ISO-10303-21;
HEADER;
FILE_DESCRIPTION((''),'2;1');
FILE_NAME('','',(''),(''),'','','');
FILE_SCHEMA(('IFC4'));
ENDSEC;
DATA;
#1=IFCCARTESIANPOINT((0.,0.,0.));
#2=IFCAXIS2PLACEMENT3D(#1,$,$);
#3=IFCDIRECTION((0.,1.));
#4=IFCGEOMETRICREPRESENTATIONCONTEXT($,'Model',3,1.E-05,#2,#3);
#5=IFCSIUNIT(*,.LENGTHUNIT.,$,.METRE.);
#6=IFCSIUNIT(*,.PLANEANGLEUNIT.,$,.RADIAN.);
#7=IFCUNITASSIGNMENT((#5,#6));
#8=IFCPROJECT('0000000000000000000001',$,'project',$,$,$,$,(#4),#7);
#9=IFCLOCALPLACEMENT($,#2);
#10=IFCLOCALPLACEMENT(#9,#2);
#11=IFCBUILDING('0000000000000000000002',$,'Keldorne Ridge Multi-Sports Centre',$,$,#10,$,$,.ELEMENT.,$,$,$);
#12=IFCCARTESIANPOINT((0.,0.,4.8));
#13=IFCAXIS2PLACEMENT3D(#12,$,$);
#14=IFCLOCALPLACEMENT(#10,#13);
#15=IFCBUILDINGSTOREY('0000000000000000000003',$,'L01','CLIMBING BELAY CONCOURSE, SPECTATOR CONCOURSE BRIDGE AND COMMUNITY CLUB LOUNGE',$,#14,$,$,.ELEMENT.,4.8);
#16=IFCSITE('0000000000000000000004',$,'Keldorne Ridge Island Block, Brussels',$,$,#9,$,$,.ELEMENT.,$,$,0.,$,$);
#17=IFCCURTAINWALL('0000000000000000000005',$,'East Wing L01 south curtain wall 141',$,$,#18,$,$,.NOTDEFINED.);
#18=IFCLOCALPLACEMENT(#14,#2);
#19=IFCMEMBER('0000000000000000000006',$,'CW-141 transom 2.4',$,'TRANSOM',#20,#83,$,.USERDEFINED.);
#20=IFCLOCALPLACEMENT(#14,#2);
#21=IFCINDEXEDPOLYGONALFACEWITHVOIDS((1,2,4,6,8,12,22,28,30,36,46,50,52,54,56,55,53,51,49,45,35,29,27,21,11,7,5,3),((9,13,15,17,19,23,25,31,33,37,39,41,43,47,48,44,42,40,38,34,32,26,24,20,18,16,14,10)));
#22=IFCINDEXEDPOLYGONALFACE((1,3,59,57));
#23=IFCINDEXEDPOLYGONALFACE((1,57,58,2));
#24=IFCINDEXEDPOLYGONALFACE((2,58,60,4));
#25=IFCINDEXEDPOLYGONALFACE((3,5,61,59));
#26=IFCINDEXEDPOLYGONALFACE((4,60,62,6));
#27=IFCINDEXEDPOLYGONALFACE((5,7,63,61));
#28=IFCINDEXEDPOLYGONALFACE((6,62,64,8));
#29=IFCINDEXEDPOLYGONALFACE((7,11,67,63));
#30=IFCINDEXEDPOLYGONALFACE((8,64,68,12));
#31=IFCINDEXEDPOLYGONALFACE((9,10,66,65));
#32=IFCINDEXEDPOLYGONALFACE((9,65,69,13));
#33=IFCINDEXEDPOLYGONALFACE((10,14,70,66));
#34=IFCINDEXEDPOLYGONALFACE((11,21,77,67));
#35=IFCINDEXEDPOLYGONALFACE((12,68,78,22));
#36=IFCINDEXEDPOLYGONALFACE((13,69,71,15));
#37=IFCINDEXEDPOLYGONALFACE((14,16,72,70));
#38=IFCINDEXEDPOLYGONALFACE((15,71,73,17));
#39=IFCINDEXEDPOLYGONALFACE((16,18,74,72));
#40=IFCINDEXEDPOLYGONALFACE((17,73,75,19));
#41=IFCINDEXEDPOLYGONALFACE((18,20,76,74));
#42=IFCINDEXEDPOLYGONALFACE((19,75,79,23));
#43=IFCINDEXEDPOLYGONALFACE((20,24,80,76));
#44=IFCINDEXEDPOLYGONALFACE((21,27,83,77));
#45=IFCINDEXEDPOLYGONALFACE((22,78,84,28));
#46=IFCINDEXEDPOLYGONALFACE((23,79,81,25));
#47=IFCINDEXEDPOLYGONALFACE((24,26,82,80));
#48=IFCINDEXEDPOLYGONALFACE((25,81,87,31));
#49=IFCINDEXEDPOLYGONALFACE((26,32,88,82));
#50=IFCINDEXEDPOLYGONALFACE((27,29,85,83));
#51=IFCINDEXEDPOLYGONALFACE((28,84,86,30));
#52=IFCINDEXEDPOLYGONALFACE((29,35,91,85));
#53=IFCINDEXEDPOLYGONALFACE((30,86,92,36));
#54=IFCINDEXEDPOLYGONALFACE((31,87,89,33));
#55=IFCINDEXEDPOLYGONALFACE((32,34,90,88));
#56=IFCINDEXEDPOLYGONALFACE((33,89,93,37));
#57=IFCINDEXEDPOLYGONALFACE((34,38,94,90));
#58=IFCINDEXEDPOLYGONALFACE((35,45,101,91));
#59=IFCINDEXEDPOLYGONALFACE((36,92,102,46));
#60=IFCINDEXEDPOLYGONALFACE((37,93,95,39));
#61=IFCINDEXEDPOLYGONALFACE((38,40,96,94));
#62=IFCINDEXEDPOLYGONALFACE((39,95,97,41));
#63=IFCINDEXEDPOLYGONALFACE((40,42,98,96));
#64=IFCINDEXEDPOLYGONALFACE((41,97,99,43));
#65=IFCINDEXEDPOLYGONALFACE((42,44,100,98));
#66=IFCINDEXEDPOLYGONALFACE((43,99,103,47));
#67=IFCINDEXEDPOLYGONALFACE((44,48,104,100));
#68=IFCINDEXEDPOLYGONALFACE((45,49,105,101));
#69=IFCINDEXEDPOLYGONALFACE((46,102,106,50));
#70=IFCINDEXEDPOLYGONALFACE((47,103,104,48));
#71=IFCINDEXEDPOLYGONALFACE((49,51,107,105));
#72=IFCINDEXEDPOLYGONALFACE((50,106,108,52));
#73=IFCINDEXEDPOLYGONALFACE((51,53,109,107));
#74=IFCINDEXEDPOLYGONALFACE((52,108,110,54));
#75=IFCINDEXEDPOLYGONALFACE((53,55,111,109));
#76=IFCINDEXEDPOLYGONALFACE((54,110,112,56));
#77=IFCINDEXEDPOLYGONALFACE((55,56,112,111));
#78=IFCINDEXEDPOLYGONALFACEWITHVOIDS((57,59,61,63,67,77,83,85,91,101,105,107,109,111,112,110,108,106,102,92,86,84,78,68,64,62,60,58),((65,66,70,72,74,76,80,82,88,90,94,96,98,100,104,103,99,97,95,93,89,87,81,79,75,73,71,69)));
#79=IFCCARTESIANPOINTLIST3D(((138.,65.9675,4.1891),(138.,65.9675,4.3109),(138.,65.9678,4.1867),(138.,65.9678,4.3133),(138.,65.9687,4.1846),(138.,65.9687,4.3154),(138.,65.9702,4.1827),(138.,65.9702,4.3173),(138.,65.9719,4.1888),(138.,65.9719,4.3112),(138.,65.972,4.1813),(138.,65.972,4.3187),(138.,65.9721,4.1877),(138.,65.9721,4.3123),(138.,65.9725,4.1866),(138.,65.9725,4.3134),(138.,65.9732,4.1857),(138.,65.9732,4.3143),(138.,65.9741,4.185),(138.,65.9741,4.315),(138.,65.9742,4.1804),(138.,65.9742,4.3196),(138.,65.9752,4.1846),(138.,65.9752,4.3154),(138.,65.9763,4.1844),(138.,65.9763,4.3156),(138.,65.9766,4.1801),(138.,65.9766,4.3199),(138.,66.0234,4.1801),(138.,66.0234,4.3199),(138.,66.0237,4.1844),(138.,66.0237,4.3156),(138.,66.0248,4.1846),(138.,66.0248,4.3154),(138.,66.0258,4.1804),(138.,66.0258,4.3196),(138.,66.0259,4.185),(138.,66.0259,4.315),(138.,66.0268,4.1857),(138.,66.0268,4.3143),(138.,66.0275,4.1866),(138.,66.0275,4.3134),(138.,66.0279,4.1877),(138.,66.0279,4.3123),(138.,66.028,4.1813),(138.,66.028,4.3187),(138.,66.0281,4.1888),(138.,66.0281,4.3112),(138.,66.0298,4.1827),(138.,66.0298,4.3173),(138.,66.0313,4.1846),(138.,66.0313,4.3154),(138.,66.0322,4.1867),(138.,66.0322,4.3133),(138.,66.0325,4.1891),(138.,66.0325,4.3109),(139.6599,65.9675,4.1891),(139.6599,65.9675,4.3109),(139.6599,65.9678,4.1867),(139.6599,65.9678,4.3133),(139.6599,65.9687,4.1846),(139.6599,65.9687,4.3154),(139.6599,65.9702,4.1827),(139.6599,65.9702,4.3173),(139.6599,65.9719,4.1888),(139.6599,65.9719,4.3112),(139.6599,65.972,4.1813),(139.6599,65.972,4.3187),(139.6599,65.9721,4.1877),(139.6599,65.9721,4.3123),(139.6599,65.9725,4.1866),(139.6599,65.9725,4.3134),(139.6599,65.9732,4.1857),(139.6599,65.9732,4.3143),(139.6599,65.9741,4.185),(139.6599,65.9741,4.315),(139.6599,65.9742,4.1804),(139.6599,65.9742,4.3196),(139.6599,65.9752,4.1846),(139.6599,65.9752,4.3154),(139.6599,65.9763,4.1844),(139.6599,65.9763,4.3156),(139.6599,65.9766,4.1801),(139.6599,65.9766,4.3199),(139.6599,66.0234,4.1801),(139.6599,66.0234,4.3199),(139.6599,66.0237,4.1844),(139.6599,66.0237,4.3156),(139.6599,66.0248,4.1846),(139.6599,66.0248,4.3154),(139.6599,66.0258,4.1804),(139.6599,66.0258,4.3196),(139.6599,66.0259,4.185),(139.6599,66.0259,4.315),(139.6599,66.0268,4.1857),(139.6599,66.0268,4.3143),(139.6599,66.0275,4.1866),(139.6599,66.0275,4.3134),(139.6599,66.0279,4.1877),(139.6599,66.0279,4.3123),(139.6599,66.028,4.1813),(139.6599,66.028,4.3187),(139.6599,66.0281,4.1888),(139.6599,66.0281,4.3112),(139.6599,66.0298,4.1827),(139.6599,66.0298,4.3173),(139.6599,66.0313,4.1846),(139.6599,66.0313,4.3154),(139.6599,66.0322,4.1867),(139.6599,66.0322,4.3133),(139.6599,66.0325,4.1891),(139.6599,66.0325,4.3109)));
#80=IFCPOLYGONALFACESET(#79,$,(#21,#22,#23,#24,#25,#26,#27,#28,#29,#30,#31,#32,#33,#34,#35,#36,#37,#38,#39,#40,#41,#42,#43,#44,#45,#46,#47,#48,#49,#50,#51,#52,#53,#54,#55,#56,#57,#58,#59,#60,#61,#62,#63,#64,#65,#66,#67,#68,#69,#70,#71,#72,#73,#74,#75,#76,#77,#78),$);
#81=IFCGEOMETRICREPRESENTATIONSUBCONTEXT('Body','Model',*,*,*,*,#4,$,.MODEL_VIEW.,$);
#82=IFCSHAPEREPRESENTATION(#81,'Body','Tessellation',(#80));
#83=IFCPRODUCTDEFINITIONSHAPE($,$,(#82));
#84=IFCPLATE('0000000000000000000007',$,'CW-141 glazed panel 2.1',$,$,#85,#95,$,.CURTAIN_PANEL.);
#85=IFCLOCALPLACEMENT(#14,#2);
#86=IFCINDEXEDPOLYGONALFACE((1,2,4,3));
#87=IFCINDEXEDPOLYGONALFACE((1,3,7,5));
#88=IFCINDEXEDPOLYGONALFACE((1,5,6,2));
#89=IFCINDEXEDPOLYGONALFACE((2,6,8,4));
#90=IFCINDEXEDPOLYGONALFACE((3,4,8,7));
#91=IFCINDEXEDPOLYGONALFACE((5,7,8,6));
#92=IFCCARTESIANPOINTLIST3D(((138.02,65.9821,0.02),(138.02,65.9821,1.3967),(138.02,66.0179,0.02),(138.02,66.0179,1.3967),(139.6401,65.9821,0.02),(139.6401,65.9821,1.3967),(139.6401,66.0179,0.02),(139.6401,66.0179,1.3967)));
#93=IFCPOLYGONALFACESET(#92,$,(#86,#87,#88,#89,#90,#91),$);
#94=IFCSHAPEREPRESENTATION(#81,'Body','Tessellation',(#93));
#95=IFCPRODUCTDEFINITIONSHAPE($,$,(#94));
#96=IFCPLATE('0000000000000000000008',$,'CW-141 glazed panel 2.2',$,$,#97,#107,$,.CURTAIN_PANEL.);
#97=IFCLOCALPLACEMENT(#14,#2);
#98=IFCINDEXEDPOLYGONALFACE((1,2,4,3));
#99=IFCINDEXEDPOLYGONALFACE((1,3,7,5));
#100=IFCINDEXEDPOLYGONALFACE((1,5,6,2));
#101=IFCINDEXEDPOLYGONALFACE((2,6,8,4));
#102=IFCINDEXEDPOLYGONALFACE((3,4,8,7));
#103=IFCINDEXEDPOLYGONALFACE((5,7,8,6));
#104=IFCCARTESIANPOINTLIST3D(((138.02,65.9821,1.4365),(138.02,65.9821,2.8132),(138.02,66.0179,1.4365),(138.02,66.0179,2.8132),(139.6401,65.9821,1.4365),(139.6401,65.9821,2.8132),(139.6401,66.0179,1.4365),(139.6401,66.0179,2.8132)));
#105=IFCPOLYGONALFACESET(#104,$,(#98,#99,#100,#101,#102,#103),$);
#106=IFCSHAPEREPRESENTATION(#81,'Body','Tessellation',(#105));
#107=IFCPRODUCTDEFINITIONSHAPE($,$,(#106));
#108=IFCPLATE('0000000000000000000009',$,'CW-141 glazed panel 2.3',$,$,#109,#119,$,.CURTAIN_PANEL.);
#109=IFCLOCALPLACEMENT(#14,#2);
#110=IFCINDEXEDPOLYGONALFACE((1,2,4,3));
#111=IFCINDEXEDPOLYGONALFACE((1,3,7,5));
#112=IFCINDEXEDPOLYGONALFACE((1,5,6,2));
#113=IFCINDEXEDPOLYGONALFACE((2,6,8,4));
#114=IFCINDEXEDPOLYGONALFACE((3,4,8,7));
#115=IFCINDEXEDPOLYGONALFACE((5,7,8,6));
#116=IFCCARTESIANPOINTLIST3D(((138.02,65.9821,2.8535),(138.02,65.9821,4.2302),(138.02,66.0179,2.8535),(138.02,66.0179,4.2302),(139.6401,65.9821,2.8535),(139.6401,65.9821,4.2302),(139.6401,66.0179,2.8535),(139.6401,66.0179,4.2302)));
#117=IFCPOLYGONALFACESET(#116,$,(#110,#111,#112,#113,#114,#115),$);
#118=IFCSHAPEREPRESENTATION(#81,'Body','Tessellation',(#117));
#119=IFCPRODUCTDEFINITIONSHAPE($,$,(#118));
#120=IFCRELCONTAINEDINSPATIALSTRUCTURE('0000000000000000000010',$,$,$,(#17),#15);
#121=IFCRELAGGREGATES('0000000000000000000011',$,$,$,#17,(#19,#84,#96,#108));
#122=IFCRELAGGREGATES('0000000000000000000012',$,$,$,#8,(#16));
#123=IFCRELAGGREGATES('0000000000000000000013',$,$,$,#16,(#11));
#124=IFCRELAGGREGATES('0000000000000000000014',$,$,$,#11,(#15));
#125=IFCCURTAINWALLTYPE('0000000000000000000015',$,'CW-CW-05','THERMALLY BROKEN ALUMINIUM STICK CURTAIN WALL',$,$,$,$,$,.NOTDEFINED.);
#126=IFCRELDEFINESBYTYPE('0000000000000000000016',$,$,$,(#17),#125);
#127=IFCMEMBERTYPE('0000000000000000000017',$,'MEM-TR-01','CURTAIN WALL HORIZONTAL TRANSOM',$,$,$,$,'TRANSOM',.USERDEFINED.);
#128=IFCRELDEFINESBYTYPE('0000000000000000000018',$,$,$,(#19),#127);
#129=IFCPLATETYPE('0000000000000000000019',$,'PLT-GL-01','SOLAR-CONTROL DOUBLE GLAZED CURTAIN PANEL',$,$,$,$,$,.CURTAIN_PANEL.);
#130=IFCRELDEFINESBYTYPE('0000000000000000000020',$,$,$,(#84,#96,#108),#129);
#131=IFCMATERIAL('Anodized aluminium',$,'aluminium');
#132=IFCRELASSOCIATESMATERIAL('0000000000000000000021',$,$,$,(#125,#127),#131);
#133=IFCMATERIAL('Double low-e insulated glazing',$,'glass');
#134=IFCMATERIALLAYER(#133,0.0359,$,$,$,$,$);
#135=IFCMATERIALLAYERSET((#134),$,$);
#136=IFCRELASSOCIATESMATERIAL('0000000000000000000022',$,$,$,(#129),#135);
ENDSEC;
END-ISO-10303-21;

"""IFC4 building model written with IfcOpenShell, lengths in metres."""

from ifc_helpers import new_model, si_unit, direction, frame, origin, origin_2d, place, context, subcontext, project, spatial, rectangle, hollow_rectangle, extrude, material, layer, layer_set, material_profile, profile_set, type_object, element, aggregate, save


model = new_model("IFC4")

# Units and contexts
model_context = context("Model", 3, precision=1e-05, world=origin(), true_north=direction((0.0, 1.0)))
body_context = subcontext(model_context, "Body", "Model", "MODEL_VIEW")
ifc_project = project(units=[si_unit("LENGTHUNIT", "METRE"), si_unit("PLANEANGLEUNIT", "RADIAN")], contexts=[model_context])

# Site, building, storey
site_placement = place(None, origin())
site = spatial("IfcSite", under=ifc_project, at=site_placement, Name="Keldorne Ridge Island Block, Brussels", CompositionType="ELEMENT", RefElevation=0.0)
building_placement = place(site_placement, origin())
building = spatial("IfcBuilding", under=site, at=building_placement, Name="Keldorne Ridge Multi-Sports Centre", CompositionType="ELEMENT")
storey_placement = place(building_placement, frame((0.0, 0.0, 4.8)))
storey = spatial("IfcBuildingStorey", under=building, at=storey_placement, Name="L01", Description="CLIMBING BELAY CONCOURSE, SPECTATOR CONCOURSE BRIDGE AND COMMUNITY CLUB LOUNGE", CompositionType="ELEMENT", Elevation=4.8)

# Curtain wall, member, plates
ifc_material_1 = material(Name="Anodized aluminium", Category="aluminium")
curtain_wall_type = type_object("IfcCurtainWallType", Name="CW-CW-05", Description="THERMALLY BROKEN ALUMINIUM STICK CURTAIN WALL", PredefinedType="NOTDEFINED", material=ifc_material_1)
curtain_wall_placement = place(storey_placement, origin())
curtain_wall = element("IfcCurtainWall", 1, at=curtain_wall_placement, inside=storey, type_object=curtain_wall_type, Name="East Wing L01 south curtain wall 141", PredefinedType="NOTDEFINED")
ifc_material_profile_1 = material_profile(ifc_material_1, hollow_rectangle(XDim=0.0649, YDim=0.1399, WallThickness=0.0044, InnerFilletRadius=0.0044, OuterFilletRadius=0.009, at=origin_2d()), Name="ALU TRANSOM 140x65x4.5")
ifc_profile_set_1 = profile_set([ifc_material_profile_1], Name="Anodized aluminium")
member_type_1 = type_object("IfcMemberType", Name="MEM-TR-01", Description="CURTAIN WALL HORIZONTAL TRANSOM", ElementType="TRANSOM", PredefinedType="USERDEFINED", material=ifc_profile_set_1)
member_1_placement = place(storey_placement, frame((138.0, 66.0, 4.25), z_axis=(1.0, 0.0, 0.0), x_axis=(0.0, 1.0, 0.0)))
member_1 = element("IfcMember", 2, at=member_1_placement, type_object=member_type_1, Name="CW-141 transom 2.4", ObjectType="TRANSOM", PredefinedType="USERDEFINED", context=body_context, shape_type="SweptSolid", body=[
    extrude(hollow_rectangle(XDim=0.0649, YDim=0.1399, WallThickness=0.0044, InnerFilletRadius=0.0044, OuterFilletRadius=0.009, at=origin_2d()), origin(), (0.0, 0.0, 1.0), 1.6599),
])
ifc_material_2 = material(Name="Double low-e insulated glazing", Category="glass")
ifc_layer = layer(ifc_material_2, 0.0359)
ifc_layer_set = layer_set([ifc_layer])
plate_type = type_object("IfcPlateType", Name="PLT-GL-01", Description="SOLAR-CONTROL DOUBLE GLAZED CURTAIN PANEL", PredefinedType="CURTAIN_PANEL", material=ifc_layer_set)
plate_1_placement = place(storey_placement, frame((138.8301, 66.0, 0.02), z_axis=(0.0, 0.0, 1.0), x_axis=(1.0, 0.0, 0.0)))
plate_1 = element("IfcPlate", 3, at=plate_1_placement, type_object=plate_type, Name="CW-141 glazed panel 2.1", PredefinedType="CURTAIN_PANEL", context=body_context, shape_type="SweptSolid", body=[
    extrude(rectangle(XDim=1.6201, YDim=0.0359, at=origin_2d()), origin(), (0.0, 0.0, 1.0), 1.3767),
])
plate_2_placement = place(storey_placement, frame((138.8301, 66.0, 1.4365), z_axis=(0.0, 0.0, 1.0), x_axis=(1.0, 0.0, 0.0)))
plate_2 = element("IfcPlate", 4, at=plate_2_placement, type_object=plate_type, Name="CW-141 glazed panel 2.2", PredefinedType="CURTAIN_PANEL", context=body_context, shape_type="SweptSolid", body=[
    extrude(rectangle(XDim=1.6201, YDim=0.0359, at=origin_2d()), origin(), (0.0, 0.0, 1.0), 1.3767),
])
plate_3_placement = place(storey_placement, frame((138.8301, 66.0, 2.8535), z_axis=(0.0, 0.0, 1.0), x_axis=(1.0, 0.0, 0.0)))
plate_3 = element("IfcPlate", 5, at=plate_3_placement, type_object=plate_type, Name="CW-141 glazed panel 2.3", PredefinedType="CURTAIN_PANEL", context=body_context, shape_type="SweptSolid", body=[
    extrude(rectangle(XDim=1.6201, YDim=0.0359, at=origin_2d()), origin(), (0.0, 0.0, 1.0), 1.3767),
])
aggregate(curtain_wall, [member_1, plate_1, plate_2, plate_3])

save(model, "model.ifc")
